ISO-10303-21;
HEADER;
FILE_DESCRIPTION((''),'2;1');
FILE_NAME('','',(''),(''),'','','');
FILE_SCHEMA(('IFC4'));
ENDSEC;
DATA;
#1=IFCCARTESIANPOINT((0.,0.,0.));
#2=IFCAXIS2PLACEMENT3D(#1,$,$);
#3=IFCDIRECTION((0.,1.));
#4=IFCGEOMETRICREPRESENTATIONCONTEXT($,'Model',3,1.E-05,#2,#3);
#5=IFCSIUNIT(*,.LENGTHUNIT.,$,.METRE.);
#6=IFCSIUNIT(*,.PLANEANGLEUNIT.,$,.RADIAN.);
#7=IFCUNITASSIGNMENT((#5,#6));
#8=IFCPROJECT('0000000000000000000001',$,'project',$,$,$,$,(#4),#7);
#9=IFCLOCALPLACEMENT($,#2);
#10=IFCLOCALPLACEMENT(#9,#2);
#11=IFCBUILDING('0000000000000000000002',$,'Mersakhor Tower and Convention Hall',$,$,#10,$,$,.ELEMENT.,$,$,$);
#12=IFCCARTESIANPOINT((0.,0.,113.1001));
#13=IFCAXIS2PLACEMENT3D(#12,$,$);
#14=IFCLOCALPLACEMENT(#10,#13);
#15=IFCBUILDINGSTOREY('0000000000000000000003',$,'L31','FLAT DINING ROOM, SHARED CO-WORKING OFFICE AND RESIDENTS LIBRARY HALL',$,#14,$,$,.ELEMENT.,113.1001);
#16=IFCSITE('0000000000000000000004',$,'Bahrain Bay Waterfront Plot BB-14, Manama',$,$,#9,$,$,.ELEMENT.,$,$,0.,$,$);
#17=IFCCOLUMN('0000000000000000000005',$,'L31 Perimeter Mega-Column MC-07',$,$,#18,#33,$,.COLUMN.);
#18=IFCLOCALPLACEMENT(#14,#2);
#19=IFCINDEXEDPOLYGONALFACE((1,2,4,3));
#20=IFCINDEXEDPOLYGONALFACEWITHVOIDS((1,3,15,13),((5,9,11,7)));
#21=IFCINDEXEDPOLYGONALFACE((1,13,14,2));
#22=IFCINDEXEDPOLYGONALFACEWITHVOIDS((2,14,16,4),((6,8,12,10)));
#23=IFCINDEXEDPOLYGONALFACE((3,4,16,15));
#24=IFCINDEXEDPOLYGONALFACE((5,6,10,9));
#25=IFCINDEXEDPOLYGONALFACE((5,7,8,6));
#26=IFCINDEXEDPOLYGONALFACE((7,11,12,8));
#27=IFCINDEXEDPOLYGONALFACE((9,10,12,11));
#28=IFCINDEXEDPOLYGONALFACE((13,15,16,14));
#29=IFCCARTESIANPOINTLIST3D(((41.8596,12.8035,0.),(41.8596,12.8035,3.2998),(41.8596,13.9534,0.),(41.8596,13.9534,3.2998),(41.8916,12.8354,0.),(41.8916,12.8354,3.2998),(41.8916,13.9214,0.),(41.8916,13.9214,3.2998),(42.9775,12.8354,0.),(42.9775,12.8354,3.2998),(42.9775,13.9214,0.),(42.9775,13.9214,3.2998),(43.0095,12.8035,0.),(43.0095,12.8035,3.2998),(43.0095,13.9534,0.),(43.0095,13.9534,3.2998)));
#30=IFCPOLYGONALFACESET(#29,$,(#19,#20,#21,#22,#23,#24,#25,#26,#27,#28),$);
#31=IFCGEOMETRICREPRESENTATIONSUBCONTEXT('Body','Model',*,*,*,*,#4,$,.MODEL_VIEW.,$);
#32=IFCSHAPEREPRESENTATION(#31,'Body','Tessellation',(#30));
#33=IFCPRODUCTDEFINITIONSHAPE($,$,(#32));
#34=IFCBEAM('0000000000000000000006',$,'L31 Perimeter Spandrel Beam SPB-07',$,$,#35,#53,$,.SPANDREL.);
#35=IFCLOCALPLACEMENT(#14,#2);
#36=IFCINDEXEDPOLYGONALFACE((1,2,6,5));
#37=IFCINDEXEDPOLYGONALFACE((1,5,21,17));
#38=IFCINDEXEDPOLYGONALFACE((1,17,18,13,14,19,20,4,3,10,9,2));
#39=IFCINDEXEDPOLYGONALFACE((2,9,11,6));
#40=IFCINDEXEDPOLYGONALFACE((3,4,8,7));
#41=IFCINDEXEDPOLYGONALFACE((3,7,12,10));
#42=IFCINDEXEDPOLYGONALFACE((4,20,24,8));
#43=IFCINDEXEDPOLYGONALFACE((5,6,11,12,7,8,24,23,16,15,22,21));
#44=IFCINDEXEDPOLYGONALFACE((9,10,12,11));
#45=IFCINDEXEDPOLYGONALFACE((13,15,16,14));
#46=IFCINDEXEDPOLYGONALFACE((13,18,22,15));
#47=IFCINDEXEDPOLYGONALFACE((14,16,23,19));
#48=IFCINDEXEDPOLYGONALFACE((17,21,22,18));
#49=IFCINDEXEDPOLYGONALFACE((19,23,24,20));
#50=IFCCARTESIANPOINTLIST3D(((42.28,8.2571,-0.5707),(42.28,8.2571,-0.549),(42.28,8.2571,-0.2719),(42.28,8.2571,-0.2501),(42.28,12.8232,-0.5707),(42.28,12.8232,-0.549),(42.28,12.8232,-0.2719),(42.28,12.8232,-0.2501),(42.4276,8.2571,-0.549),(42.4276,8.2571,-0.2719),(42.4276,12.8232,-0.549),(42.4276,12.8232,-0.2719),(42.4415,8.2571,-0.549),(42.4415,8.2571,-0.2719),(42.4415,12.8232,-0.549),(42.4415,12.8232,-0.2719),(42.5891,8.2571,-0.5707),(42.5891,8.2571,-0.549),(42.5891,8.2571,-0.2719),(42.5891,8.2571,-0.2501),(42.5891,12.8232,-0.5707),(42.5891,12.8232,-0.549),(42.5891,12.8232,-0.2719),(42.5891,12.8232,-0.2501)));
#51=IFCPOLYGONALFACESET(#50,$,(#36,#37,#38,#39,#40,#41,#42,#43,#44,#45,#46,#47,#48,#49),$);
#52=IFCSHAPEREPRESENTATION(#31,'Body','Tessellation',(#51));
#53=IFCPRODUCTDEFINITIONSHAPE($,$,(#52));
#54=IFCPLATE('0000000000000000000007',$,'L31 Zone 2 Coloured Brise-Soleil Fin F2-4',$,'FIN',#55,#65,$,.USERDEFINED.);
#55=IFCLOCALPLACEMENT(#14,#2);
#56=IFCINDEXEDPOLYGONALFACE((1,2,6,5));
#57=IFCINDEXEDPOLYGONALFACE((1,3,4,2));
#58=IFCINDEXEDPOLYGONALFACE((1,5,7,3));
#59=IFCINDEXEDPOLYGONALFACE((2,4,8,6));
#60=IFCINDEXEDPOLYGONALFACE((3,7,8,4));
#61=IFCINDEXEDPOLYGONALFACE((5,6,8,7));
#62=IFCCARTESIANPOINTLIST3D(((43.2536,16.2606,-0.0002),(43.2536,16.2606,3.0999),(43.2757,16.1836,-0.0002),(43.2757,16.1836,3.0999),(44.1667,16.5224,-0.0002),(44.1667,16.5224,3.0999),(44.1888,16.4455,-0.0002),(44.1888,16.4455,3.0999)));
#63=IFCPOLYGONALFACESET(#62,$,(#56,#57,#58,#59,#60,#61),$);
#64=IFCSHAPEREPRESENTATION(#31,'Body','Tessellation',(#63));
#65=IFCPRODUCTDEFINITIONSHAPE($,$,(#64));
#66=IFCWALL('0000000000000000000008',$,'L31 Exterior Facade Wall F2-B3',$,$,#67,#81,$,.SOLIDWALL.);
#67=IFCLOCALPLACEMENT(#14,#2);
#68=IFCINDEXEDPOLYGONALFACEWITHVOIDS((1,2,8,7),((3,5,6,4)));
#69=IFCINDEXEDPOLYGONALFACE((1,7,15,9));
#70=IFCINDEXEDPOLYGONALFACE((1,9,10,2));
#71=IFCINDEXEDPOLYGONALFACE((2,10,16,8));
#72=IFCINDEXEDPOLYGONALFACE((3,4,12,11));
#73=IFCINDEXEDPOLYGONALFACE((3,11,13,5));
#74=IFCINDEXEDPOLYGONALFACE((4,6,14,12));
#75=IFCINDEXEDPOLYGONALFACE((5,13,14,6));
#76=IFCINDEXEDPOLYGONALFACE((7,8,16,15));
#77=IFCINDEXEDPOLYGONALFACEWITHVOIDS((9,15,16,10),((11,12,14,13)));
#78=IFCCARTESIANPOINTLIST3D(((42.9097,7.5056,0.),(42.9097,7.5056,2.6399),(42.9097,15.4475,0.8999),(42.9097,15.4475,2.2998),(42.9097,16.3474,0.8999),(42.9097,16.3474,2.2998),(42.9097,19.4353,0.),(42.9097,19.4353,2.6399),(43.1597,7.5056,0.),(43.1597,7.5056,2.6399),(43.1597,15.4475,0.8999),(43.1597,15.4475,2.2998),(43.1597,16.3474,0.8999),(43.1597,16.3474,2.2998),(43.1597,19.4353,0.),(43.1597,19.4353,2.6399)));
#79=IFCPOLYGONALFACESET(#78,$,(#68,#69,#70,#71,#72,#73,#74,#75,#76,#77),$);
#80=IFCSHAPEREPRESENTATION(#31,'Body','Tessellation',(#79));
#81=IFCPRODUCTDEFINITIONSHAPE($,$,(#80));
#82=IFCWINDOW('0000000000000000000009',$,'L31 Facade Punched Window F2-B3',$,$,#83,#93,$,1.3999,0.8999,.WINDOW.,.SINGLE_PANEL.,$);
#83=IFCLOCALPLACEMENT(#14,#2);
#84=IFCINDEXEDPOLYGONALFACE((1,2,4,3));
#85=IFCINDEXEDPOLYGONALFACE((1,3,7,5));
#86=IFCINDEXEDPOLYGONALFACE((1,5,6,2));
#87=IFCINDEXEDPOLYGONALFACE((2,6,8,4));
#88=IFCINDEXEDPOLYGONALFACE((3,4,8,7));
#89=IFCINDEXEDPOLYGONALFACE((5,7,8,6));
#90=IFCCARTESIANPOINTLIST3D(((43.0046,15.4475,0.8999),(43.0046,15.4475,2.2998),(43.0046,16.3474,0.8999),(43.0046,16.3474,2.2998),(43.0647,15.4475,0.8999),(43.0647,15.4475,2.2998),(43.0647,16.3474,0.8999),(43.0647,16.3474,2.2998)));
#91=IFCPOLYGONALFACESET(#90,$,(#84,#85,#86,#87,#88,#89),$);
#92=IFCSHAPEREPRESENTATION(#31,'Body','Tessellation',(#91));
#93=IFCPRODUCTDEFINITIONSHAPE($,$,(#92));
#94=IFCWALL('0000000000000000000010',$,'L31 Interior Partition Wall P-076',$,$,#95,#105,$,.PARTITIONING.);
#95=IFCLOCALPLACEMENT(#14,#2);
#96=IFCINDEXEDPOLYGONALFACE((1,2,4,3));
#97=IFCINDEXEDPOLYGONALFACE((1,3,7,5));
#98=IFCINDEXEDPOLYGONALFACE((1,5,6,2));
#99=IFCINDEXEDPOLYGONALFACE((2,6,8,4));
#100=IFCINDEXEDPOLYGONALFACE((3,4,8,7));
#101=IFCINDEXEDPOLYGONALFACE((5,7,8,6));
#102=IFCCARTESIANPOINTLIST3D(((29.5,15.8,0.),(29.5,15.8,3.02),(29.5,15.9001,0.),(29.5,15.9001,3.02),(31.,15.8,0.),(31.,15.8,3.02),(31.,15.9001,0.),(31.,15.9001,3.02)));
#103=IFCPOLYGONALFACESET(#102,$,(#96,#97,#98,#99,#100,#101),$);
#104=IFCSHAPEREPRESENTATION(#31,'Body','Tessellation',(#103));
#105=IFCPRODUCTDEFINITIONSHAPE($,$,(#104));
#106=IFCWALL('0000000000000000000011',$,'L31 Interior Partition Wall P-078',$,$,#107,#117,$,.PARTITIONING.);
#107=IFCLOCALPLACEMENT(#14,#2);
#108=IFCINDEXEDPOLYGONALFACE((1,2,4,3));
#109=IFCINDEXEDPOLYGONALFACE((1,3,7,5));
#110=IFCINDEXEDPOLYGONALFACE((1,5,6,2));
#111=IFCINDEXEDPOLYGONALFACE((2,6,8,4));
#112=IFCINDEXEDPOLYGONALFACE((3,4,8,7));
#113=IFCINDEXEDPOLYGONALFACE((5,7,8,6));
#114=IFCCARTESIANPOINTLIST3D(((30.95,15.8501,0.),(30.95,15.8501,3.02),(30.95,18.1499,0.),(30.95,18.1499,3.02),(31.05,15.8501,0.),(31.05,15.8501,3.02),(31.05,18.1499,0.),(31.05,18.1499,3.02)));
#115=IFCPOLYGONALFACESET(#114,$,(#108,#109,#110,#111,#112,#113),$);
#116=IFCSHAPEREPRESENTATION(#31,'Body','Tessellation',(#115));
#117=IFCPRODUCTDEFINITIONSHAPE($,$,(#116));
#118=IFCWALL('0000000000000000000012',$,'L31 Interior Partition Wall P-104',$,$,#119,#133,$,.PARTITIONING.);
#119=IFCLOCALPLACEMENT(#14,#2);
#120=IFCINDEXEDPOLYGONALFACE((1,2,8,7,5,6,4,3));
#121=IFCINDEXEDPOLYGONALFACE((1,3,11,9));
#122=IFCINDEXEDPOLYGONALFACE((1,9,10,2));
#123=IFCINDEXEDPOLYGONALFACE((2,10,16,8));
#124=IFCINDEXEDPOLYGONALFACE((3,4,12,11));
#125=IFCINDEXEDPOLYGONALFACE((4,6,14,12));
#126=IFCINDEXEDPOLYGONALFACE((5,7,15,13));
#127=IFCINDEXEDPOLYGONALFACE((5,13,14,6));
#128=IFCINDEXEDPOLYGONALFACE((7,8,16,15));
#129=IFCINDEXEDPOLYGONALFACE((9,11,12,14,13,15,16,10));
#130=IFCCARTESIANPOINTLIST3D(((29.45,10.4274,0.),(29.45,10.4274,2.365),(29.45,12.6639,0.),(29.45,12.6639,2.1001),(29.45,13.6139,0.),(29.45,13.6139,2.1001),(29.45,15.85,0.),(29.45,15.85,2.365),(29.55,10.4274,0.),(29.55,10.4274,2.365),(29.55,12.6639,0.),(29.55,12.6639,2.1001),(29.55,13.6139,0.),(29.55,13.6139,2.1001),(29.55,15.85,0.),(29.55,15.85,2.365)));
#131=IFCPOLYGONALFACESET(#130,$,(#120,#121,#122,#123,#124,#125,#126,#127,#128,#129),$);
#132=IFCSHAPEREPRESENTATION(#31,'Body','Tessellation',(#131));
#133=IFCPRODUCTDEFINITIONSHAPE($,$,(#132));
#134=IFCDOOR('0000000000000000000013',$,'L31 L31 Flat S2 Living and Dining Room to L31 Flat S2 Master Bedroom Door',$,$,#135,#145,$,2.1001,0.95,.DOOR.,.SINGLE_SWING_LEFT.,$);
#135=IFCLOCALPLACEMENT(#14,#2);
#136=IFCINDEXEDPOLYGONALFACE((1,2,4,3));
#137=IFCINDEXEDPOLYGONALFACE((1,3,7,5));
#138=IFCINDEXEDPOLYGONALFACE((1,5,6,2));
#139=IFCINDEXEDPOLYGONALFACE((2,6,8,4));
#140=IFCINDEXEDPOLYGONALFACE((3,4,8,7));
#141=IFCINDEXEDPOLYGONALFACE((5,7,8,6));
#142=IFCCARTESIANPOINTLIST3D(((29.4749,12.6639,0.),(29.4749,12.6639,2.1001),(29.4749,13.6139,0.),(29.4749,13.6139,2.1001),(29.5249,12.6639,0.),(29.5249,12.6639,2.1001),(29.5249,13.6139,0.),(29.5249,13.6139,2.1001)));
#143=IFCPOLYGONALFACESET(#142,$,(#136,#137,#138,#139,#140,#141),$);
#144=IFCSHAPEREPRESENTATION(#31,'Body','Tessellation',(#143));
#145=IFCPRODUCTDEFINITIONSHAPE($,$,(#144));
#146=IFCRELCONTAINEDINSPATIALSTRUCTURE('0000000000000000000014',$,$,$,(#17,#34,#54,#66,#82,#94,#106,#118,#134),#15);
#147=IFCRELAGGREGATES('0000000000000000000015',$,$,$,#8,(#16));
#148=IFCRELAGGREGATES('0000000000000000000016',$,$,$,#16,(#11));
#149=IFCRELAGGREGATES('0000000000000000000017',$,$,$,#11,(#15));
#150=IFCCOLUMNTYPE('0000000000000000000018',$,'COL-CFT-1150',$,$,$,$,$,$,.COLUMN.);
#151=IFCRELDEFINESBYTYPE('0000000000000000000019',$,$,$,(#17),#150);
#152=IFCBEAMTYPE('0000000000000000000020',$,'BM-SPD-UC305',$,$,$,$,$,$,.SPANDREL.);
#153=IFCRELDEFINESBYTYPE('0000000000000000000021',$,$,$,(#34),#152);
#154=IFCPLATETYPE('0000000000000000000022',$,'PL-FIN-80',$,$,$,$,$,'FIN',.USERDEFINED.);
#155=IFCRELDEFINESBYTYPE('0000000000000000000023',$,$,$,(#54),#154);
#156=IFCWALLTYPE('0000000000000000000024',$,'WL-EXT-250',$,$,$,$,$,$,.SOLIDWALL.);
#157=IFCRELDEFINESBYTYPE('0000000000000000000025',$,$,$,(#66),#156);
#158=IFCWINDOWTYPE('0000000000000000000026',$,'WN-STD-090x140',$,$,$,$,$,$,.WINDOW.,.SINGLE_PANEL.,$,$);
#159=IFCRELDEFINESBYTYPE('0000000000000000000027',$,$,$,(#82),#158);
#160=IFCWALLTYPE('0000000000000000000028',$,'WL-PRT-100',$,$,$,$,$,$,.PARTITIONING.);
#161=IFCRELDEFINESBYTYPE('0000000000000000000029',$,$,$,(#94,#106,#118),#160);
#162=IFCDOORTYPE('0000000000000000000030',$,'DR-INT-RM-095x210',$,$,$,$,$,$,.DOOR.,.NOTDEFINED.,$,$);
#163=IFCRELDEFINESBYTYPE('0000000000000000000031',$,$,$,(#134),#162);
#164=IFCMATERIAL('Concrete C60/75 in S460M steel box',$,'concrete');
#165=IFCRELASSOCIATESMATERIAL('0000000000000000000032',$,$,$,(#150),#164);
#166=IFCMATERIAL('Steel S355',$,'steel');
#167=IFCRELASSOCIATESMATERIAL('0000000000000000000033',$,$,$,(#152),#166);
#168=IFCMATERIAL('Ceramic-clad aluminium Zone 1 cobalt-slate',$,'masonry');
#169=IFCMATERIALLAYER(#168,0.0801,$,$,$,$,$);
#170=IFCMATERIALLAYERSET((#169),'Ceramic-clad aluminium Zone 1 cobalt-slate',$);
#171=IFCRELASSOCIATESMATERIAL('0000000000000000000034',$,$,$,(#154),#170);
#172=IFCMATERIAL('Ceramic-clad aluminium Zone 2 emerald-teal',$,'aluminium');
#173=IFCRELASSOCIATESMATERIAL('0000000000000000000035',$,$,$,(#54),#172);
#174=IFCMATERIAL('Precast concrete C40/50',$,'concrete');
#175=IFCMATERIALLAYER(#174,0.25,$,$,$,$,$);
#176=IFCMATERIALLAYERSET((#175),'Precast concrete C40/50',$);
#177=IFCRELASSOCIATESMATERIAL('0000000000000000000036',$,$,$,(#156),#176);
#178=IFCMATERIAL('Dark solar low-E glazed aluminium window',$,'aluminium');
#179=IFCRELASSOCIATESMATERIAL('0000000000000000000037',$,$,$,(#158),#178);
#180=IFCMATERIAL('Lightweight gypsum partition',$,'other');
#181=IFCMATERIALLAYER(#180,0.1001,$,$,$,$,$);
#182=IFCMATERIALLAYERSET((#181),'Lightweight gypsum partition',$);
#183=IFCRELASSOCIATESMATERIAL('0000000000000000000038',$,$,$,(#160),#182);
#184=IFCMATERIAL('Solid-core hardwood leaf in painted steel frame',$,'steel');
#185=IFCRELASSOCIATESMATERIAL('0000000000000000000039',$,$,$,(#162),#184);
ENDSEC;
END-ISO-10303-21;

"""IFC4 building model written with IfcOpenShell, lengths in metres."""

from ifc_helpers import new_model, si_unit, direction, frame, frame_2d, origin, origin_2d, place, context, subcontext, project, spatial, rectangle, hollow_rectangle, i_section, extrude, material, layer, layer_set, material_profile, profile_set, type_object, element, fill, save


model = new_model("IFC4")

# Units and contexts
model_context = context("Model", 3, precision=1e-05, world=origin(), true_north=direction((0.0, 1.0)))
body_context = subcontext(model_context, "Body", "Model", "MODEL_VIEW")
ifc_project = project(units=[si_unit("LENGTHUNIT", "METRE"), si_unit("PLANEANGLEUNIT", "RADIAN")], contexts=[model_context])

# Site, building, storey
site_placement = place(None, origin())
site = spatial("IfcSite", under=ifc_project, at=site_placement, Name="Bahrain Bay Waterfront Plot BB-14, Manama", CompositionType="ELEMENT", RefElevation=0.0)
building_placement = place(site_placement, origin())
building = spatial("IfcBuilding", under=site, at=building_placement, Name="Mersakhor Tower and Convention Hall", CompositionType="ELEMENT")
storey_placement = place(building_placement, frame((0.0, 0.0, 113.1001)))
storey = spatial("IfcBuildingStorey", under=building, at=storey_placement, Name="L31", Description="FLAT DINING ROOM, SHARED CO-WORKING OFFICE AND RESIDENTS LIBRARY HALL", CompositionType="ELEMENT", Elevation=113.1001)

# Column
ifc_material_1 = material(Name="Concrete C60/75 in S460M steel box", Category="concrete")
ifc_material_profile_1 = material_profile(ifc_material_1, hollow_rectangle(XDim=1.1499, YDim=1.1499, WallThickness=0.032, at=origin_2d()), Name="SHS 1150x1150x32")
ifc_profile_set_1 = profile_set([ifc_material_profile_1], Name="Concrete C60/75 in S460M steel box")
column_type = type_object("IfcColumnType", Name="COL-CFT-1150", PredefinedType="COLUMN", material=ifc_profile_set_1)
column_placement = place(storey_placement, frame((42.4346, 13.3784, 0.0), z_axis=(0.0, 0.0, 1.0), x_axis=(1.0, 0.0, 0.0)))
element("IfcColumn", 1, at=column_placement, inside=storey, type_object=column_type, Name="L31 Perimeter Mega-Column MC-07", PredefinedType="COLUMN", context=body_context, shape_type="SweptSolid", body=[
    extrude(hollow_rectangle(XDim=1.1499, YDim=1.1499, WallThickness=0.032, at=origin_2d()), origin(), (0.0, 0.0, 1.0), 3.2998),
])

# Beam
ifc_material_2 = material(Name="Steel S355", Category="steel")
ifc_material_profile_2 = material_profile(ifc_material_2, i_section(OverallWidth=0.3091, OverallDepth=0.3206, WebThickness=0.0139, FlangeThickness=0.0217, at=origin_2d()), Name="UC 305x305x137")
ifc_profile_set_2 = profile_set([ifc_material_profile_2], Name="Steel S355")
beam_type = type_object("IfcBeamType", Name="BM-SPD-UC305", PredefinedType="SPANDREL", material=ifc_profile_set_2)
beam_placement = place(storey_placement, frame((42.4346, 12.8232, -0.4104), z_axis=(0.0, -1.0, 0.0), x_axis=(1.0, 0.0, 0.0)))
element("IfcBeam", 2, at=beam_placement, inside=storey, type_object=beam_type, Name="L31 Perimeter Spandrel Beam SPB-07", PredefinedType="SPANDREL", context=body_context, shape_type="SweptSolid", body=[
    extrude(i_section(OverallWidth=0.3091, OverallDepth=0.3206, WebThickness=0.0139, FlangeThickness=0.0217, at=origin_2d()), origin(), (0.0, 0.0, 1.0), 4.5662),
])

# Plate
ifc_material_3 = material(Name="Ceramic-clad aluminium Zone 2 emerald-teal", Category="aluminium")
ifc_material_4 = material(Name="Ceramic-clad aluminium Zone 1 cobalt-slate", Category="masonry")
ifc_layer_1 = layer(ifc_material_4, 0.0801)
ifc_layer_set_1 = layer_set([ifc_layer_1], Name="Ceramic-clad aluminium Zone 1 cobalt-slate")
plate_type = type_object("IfcPlateType", Name="PL-FIN-80", ElementType="FIN", PredefinedType="USERDEFINED", material=ifc_layer_set_1)
plate_placement = place(storey_placement, frame((43.7212, 16.353, -0.0002), z_axis=(0.0, 0.0, 1.0), x_axis=(0.961262, 0.275637, 0.0)))
element("IfcPlate", 3, at=plate_placement, inside=storey, type_object=plate_type, material=ifc_material_3, Name="L31 Zone 2 Coloured Brise-Soleil Fin F2-4", ObjectType="FIN", PredefinedType="USERDEFINED", context=body_context, shape_type="SweptSolid", body=[
    extrude(rectangle(XDim=0.95, YDim=0.0801, at=origin_2d()), origin(), (0.0, 0.0, 1.0), 3.1001),
])

# Wall, opening, window
ifc_material_5 = material(Name="Precast concrete C40/50", Category="concrete")
ifc_layer_2 = layer(ifc_material_5, 0.25)
ifc_layer_set_2 = layer_set([ifc_layer_2], Name="Precast concrete C40/50")
wall_type_1 = type_object("IfcWallType", Name="WL-EXT-250", PredefinedType="SOLIDWALL", material=ifc_layer_set_2)
wall_1_placement = place(storey_placement, frame((43.0347, 19.4353, 0.0), z_axis=(0.0, 0.0, 1.0), x_axis=(0.0, -1.0, 0.0)))
wall_1 = element("IfcWall", 4, at=wall_1_placement, inside=storey, type_object=wall_type_1, Name="L31 Exterior Facade Wall F2-B3", PredefinedType="SOLIDWALL", context=body_context, shape_type="SweptSolid", body=[
    extrude(rectangle(XDim=11.9297, YDim=0.25, at=frame_2d((5.9648, 0.0))), origin(), (0.0, 0.0, 1.0), 2.6399),
])
opening_1_placement = place(wall_1_placement, frame((3.0879, 0.0, 0.8999)))
opening_1 = element("IfcOpeningElement", 5, at=opening_1_placement, cuts=wall_1, PredefinedType="OPENING", context=body_context, shape_type="SweptSolid", body=[
    extrude(rectangle(XDim=0.8999, YDim=1.3999, at=frame_2d((0.45, 0.7))), frame((0.0, 0.135, 0.0), z_axis=(0.0, -1.0, 0.0), x_axis=(1.0, 0.0, 0.0)), (0.0, 0.0, 1.0), 0.27),
])
ifc_material_6 = material(Name="Dark solar low-E glazed aluminium window", Category="aluminium")
window_type = type_object("IfcWindowType", Name="WN-STD-090x140", PartitioningType="SINGLE_PANEL", PredefinedType="WINDOW", material=ifc_material_6)
window_placement = place(opening_1_placement, origin())
window = element("IfcWindow", 6, at=window_placement, inside=storey, type_object=window_type, Name="L31 Facade Punched Window F2-B3", OverallHeight=1.3999, OverallWidth=0.8999, PartitioningType="SINGLE_PANEL", PredefinedType="WINDOW", context=body_context, shape_type="SweptSolid", body=[
    extrude(rectangle(XDim=0.8999, YDim=1.3999, at=frame_2d((0.45, 0.7))), frame((0.0, 0.03, 0.0), z_axis=(0.0, -1.0, 0.0), x_axis=(1.0, 0.0, 0.0)), (0.0, 0.0, 1.0), 0.0601),
])
fill(opening_1, window)

# Walls
ifc_material_7 = material(Name="Lightweight gypsum partition", Category="other")
ifc_layer_3 = layer(ifc_material_7, 0.1001)
ifc_layer_set_3 = layer_set([ifc_layer_3], Name="Lightweight gypsum partition")
wall_type_2 = type_object("IfcWallType", Name="WL-PRT-100", PredefinedType="PARTITIONING", material=ifc_layer_set_3)
wall_2_placement = place(storey_placement, frame((31.0, 15.8501, 0.0), z_axis=(0.0, 0.0, 1.0), x_axis=(-1.0, 0.0, 0.0)))
element("IfcWall", 7, at=wall_2_placement, inside=storey, type_object=wall_type_2, Name="L31 Interior Partition Wall P-076", PredefinedType="PARTITIONING", context=body_context, shape_type="SweptSolid", body=[
    extrude(rectangle(XDim=1.5, YDim=0.1001, at=frame_2d((0.75, 0.0))), origin(), (0.0, 0.0, 1.0), 3.02),
])
wall_3_placement = place(storey_placement, frame((31.0, 18.1499, 0.0), z_axis=(0.0, 0.0, 1.0), x_axis=(0.0, -1.0, 0.0)))
element("IfcWall", 8, at=wall_3_placement, inside=storey, type_object=wall_type_2, Name="L31 Interior Partition Wall P-078", PredefinedType="PARTITIONING", context=body_context, shape_type="SweptSolid", body=[
    extrude(rectangle(XDim=2.2998, YDim=0.1001, at=frame_2d((1.1499, 0.0))), origin(), (0.0, 0.0, 1.0), 3.02),
])

# Wall, opening, door
wall_4_placement = place(storey_placement, frame((29.5, 15.8501, 0.0), z_axis=(0.0, 0.0, 1.0), x_axis=(0.0, -1.0, 0.0)))
wall_4 = element("IfcWall", 9, at=wall_4_placement, inside=storey, type_object=wall_type_2, Name="L31 Interior Partition Wall P-104", PredefinedType="PARTITIONING", context=body_context, shape_type="SweptSolid", body=[
    extrude(rectangle(XDim=5.4226, YDim=0.1001, at=frame_2d((2.7114, 0.0))), origin(), (0.0, 0.0, 1.0), 2.365),
])
opening_2_placement = place(wall_4_placement, frame((2.2361, 0.0, 0.0)))
opening_2 = element("IfcOpeningElement", 10, at=opening_2_placement, cuts=wall_4, PredefinedType="OPENING", context=body_context, shape_type="SweptSolid", body=[
    extrude(rectangle(XDim=0.95, YDim=2.1001, at=frame_2d((0.4751, 1.05))), frame((0.0, 0.0601, 0.0), z_axis=(0.0, -1.0, 0.0), x_axis=(1.0, 0.0, 0.0)), (0.0, 0.0, 1.0), 0.1201),
])
ifc_material_8 = material(Name="Solid-core hardwood leaf in painted steel frame", Category="steel")
door_type = type_object("IfcDoorType", Name="DR-INT-RM-095x210", OperationType="NOTDEFINED", PredefinedType="DOOR", material=ifc_material_8)
door_1_placement = place(opening_2_placement, origin())
door_1 = element("IfcDoor", 11, at=door_1_placement, inside=storey, type_object=door_type, Name="L31 L31 Flat S2 Living and Dining Room to L31 Flat S2 Master Bedroom Door", OperationType="SINGLE_SWING_LEFT", OverallHeight=2.1001, OverallWidth=0.95, PredefinedType="DOOR", context=body_context, shape_type="SweptSolid", body=[
    extrude(rectangle(XDim=0.95, YDim=2.1001, at=frame_2d((0.4751, 1.05))), frame((0.0, 0.0249, 0.0), z_axis=(0.0, -1.0, 0.0), x_axis=(1.0, 0.0, 0.0)), (0.0, 0.0, 1.0), 0.05),
])
fill(opening_2, door_1)

save(model, "model.ifc")
